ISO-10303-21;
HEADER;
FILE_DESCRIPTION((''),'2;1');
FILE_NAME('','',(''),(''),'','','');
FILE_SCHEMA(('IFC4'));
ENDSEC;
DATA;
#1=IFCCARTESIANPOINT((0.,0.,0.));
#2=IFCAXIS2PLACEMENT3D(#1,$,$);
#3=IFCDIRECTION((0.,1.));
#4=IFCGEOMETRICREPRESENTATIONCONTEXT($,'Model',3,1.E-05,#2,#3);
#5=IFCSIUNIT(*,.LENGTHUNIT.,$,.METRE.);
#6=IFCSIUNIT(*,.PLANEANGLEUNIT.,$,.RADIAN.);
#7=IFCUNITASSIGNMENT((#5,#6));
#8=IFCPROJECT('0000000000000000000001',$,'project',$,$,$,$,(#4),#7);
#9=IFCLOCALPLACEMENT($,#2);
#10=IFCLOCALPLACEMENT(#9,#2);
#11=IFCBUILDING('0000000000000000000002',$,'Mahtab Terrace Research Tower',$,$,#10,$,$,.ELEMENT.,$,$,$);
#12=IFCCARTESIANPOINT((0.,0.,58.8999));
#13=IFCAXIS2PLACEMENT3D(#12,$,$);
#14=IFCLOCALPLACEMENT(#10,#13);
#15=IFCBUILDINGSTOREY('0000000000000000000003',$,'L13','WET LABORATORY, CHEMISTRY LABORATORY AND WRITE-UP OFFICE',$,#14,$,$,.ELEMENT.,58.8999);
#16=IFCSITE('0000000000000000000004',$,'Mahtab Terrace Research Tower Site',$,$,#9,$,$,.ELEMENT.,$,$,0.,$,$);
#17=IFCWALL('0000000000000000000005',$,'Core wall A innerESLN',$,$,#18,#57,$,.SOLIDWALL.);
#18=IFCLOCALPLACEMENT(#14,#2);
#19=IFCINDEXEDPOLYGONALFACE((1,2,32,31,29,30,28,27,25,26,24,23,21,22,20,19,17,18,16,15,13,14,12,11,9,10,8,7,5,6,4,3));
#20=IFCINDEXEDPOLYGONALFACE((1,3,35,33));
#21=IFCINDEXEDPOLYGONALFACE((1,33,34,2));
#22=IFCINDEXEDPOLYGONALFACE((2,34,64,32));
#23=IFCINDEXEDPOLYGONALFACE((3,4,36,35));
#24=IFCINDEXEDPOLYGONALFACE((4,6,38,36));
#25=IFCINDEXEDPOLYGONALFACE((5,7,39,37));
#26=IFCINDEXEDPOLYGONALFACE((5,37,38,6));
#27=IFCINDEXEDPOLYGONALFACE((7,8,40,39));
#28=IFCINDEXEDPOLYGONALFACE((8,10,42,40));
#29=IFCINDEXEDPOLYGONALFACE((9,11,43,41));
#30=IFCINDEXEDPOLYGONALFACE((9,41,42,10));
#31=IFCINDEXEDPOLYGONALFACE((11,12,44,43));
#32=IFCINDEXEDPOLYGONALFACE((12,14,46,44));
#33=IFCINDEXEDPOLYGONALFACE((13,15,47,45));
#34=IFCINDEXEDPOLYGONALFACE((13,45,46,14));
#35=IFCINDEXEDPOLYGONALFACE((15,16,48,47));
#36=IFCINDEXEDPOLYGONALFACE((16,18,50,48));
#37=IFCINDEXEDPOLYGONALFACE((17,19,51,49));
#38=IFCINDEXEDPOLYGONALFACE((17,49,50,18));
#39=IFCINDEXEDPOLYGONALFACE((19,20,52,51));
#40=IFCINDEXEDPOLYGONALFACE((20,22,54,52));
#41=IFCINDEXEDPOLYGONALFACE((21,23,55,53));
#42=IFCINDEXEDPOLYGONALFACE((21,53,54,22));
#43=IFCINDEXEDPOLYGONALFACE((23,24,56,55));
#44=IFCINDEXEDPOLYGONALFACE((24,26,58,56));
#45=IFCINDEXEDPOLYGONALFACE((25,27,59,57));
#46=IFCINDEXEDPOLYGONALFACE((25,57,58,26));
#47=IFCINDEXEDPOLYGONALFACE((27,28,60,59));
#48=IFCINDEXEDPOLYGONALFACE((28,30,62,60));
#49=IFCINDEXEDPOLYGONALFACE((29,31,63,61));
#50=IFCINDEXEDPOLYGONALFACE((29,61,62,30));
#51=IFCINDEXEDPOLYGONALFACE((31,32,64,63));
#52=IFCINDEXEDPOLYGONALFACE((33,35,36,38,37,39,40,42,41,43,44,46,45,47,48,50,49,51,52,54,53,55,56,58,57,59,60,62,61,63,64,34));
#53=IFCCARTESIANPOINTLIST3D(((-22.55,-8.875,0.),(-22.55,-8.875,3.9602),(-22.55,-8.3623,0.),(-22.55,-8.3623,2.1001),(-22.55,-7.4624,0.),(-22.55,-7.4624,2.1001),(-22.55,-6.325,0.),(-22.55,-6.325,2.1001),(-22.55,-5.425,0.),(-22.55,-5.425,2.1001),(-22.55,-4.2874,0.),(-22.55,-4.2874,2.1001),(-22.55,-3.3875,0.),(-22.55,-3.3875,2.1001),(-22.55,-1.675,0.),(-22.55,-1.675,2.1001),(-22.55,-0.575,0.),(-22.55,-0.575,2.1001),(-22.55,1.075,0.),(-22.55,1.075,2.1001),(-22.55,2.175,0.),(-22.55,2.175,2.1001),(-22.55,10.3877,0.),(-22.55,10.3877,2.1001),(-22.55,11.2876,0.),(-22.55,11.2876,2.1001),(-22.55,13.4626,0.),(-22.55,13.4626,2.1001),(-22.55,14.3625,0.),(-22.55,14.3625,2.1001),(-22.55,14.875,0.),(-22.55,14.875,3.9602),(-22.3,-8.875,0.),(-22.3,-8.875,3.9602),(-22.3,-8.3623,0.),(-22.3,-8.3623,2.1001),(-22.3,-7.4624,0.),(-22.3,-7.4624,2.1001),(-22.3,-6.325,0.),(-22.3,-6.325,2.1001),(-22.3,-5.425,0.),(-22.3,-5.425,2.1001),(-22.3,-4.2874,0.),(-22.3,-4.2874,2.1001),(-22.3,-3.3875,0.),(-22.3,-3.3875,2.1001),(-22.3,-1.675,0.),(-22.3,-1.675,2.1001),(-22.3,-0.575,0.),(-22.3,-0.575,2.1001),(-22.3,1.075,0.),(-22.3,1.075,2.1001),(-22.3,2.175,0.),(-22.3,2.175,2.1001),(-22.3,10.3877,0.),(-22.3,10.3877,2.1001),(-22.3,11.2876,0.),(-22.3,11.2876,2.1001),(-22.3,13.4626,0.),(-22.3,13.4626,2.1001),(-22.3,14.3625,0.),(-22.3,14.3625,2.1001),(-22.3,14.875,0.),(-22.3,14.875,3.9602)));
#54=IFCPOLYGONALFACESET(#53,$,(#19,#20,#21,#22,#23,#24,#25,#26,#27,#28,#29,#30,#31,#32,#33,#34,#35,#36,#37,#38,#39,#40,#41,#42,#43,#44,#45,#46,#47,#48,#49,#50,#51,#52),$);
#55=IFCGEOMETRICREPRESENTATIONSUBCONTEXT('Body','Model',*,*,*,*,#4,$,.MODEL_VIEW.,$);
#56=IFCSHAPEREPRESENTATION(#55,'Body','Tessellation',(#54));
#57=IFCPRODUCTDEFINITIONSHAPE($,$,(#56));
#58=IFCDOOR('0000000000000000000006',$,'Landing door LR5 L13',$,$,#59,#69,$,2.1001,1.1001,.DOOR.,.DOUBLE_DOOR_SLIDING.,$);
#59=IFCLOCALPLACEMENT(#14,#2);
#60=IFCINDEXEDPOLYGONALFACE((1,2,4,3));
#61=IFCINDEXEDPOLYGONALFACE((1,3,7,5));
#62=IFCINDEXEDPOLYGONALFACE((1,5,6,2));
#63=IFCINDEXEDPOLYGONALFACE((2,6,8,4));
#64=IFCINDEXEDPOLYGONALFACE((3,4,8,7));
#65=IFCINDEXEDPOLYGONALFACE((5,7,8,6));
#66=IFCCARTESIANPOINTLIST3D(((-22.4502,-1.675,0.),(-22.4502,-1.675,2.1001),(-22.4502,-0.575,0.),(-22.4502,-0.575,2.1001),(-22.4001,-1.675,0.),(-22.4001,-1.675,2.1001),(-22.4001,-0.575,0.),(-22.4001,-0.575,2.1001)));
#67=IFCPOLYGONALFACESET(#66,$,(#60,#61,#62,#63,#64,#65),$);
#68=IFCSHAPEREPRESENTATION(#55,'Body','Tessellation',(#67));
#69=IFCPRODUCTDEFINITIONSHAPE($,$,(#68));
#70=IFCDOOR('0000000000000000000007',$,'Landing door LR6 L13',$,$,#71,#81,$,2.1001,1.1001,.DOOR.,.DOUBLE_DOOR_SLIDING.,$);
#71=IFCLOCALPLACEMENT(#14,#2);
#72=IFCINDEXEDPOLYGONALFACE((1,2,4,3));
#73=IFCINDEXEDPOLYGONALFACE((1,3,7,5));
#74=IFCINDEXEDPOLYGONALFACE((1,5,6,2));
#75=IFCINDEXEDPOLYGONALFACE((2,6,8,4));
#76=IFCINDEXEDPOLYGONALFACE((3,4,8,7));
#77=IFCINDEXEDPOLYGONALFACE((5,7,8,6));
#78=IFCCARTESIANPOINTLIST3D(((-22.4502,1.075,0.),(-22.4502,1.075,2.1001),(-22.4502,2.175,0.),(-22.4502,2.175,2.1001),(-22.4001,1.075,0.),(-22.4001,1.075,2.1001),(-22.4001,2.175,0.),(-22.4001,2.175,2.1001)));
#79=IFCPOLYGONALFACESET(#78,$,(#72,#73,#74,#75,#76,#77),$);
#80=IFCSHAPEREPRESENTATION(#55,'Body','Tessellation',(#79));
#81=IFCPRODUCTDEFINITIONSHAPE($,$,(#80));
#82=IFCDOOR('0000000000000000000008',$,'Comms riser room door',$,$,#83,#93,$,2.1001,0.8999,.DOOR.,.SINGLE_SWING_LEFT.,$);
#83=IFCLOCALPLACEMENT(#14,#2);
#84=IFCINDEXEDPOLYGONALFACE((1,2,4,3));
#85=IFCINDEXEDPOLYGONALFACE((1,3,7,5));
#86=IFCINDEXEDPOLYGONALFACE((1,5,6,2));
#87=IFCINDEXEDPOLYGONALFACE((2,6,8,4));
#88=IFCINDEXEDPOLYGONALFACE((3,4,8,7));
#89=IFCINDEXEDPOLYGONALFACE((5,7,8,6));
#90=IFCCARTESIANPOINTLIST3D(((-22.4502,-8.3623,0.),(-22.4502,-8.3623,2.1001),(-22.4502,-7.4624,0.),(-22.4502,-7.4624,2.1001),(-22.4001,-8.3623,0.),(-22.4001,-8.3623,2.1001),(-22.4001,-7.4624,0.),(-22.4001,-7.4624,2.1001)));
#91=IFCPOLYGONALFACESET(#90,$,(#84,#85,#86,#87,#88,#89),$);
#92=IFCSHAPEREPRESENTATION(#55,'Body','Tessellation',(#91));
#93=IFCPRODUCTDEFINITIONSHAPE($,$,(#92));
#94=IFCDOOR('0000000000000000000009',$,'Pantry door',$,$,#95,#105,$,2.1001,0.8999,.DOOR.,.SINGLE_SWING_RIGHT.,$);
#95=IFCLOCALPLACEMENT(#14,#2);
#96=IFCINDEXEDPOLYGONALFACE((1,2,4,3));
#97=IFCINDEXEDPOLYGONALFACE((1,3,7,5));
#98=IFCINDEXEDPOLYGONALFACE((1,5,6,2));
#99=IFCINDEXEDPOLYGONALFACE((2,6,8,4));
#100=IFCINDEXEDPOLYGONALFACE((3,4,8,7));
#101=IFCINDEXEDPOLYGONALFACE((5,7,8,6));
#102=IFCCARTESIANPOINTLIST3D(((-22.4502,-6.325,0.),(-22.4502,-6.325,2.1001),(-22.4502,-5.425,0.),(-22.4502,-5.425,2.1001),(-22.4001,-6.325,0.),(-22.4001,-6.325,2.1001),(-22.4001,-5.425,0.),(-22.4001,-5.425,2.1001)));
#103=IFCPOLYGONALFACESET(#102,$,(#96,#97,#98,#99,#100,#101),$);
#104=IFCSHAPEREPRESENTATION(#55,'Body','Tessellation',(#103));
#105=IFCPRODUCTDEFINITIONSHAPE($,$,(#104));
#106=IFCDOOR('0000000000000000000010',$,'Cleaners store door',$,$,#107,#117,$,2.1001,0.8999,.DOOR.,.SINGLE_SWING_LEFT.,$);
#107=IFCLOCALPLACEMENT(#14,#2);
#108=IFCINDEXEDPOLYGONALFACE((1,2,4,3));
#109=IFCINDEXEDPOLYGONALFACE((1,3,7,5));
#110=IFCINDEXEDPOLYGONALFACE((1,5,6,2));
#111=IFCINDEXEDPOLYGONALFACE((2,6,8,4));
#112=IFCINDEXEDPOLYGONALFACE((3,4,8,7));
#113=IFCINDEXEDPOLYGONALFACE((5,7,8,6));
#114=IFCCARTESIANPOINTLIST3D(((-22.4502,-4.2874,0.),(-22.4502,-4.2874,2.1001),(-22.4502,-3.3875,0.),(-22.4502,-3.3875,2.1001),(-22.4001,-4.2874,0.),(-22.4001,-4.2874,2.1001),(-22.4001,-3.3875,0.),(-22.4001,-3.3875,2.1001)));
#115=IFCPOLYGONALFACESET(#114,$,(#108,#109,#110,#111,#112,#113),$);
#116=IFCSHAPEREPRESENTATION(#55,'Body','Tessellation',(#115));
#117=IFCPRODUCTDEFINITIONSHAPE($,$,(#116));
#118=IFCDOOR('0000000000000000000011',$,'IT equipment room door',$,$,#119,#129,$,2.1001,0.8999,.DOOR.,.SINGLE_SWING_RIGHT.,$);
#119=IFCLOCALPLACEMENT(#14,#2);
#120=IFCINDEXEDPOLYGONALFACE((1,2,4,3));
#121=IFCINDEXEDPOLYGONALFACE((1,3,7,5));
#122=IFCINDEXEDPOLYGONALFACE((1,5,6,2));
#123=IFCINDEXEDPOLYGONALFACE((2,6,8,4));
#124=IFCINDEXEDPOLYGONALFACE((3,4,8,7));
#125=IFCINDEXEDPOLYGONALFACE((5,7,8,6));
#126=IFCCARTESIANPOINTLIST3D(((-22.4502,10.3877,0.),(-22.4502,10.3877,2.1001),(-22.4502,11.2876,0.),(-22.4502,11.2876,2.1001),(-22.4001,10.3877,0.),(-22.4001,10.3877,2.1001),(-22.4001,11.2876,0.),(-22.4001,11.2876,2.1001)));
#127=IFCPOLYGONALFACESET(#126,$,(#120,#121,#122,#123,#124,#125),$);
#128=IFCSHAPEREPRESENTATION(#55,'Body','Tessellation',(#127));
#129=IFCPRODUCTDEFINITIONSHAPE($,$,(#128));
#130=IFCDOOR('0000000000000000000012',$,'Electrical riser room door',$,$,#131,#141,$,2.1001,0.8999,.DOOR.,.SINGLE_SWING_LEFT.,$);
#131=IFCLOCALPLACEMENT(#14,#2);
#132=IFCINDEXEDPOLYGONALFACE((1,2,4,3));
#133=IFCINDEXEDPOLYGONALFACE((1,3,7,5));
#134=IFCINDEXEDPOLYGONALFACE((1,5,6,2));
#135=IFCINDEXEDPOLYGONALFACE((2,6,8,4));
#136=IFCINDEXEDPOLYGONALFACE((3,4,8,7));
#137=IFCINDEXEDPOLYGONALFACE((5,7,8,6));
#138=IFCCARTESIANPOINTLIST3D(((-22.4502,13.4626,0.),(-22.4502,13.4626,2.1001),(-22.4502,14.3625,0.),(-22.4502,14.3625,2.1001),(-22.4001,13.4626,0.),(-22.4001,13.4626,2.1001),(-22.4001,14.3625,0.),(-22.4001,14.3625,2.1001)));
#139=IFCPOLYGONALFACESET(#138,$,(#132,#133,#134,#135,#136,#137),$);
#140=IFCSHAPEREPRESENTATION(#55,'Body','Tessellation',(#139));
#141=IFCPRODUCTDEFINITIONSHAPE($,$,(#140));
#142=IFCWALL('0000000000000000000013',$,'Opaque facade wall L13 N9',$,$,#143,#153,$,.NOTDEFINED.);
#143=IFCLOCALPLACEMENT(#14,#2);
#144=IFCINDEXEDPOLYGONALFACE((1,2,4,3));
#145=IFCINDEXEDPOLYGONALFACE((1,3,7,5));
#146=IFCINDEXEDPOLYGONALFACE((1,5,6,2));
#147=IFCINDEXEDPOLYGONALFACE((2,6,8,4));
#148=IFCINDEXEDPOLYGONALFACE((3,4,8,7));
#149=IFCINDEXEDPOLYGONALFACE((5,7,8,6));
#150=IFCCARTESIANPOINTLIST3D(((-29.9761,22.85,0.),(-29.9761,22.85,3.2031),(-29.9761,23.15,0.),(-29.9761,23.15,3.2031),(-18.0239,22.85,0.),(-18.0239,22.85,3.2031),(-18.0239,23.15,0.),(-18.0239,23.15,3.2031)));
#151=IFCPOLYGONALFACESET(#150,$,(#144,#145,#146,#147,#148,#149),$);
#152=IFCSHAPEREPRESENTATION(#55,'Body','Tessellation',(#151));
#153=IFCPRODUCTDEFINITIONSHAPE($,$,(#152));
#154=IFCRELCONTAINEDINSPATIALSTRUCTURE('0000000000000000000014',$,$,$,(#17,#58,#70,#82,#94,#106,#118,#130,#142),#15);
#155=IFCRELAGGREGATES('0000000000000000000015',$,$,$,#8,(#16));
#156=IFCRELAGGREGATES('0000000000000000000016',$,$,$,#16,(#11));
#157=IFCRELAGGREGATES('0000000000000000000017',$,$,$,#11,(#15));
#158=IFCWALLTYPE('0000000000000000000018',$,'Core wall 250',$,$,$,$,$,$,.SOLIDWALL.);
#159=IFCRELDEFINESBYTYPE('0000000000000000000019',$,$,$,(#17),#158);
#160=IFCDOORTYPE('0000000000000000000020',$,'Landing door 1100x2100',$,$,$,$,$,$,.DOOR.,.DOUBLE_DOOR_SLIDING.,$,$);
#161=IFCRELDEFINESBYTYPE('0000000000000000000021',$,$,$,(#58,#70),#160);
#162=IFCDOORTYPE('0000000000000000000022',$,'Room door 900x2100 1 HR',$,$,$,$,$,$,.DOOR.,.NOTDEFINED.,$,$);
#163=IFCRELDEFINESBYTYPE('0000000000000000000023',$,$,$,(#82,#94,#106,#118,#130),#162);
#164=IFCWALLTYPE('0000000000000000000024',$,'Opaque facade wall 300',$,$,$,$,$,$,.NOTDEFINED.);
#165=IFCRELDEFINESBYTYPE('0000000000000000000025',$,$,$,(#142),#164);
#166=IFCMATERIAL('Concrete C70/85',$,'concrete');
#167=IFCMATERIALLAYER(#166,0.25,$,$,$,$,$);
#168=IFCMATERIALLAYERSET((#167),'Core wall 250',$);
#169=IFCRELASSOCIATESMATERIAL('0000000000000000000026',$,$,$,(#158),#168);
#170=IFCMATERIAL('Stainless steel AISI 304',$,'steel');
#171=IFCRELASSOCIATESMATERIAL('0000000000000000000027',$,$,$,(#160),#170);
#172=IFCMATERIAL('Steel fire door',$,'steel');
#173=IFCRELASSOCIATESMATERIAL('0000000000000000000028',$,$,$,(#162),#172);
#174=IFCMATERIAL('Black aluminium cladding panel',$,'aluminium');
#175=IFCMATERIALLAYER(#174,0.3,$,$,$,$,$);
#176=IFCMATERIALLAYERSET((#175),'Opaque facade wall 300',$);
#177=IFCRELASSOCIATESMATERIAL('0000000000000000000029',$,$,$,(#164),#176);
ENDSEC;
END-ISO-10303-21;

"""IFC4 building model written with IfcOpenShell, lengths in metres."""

from ifc_helpers import new_model, si_unit, direction, frame, frame_2d, origin, place, context, subcontext, project, spatial, rectangle, extrude, material, layer, layer_set, type_object, element, fill, save


model = new_model("IFC4")

# Units and contexts
model_context = context("Model", 3, precision=1e-05, world=origin(), true_north=direction((0.0, 1.0)))
body_context = subcontext(model_context, "Body", "Model", "MODEL_VIEW")
ifc_project = project(units=[si_unit("LENGTHUNIT", "METRE"), si_unit("PLANEANGLEUNIT", "RADIAN")], contexts=[model_context])

# Site, building, storey
site_placement = place(None, origin())
site = spatial("IfcSite", under=ifc_project, at=site_placement, Name="Mahtab Terrace Research Tower Site", CompositionType="ELEMENT", RefElevation=0.0)
building_placement = place(site_placement, origin())
building = spatial("IfcBuilding", under=site, at=building_placement, Name="Mahtab Terrace Research Tower", CompositionType="ELEMENT")
storey_placement = place(building_placement, frame((0.0, 0.0, 58.8999)))
storey = spatial("IfcBuildingStorey", under=building, at=storey_placement, Name="L13", Description="WET LABORATORY, CHEMISTRY LABORATORY AND WRITE-UP OFFICE", CompositionType="ELEMENT", Elevation=58.8999)

# Shared definitions
ifc_material_1 = material(Name="Concrete C70/85", Category="concrete")
ifc_layer_1 = layer(ifc_material_1, 0.25)
ifc_layer_set_1 = layer_set([ifc_layer_1], Name="Core wall 250")
wall_type_1 = type_object("IfcWallType", Name="Core wall 250", PredefinedType="SOLIDWALL", material=ifc_layer_set_1)

# Shared definitions
ifc_material_2 = material(Name="Steel fire door", Category="steel")

# Wall, openings, doors
wall_1_placement = place(storey_placement, frame((-22.425, 14.875, 0.0), z_axis=(0.0, 0.0, 1.0), x_axis=(0.0, -1.0, 0.0)))
wall_1 = element("IfcWall", 1, at=wall_1_placement, inside=storey, type_object=wall_type_1, Name="Core wall A innerESLN", PredefinedType="SOLIDWALL", context=body_context, shape_type="SweptSolid", body=[
    extrude(rectangle(XDim=23.75, YDim=0.25, at=frame_2d((11.875, 0.0))), origin(), (0.0, 0.0, 1.0), 3.9602),
])
opening_1_placement = place(wall_1_placement, frame((15.45, 0.0, 0.0)))
opening_1 = element("IfcOpeningElement", 2, at=opening_1_placement, cuts=wall_1, PredefinedType="OPENING", context=body_context, shape_type="SweptSolid", body=[
    extrude(rectangle(XDim=1.1001, YDim=2.1001, at=frame_2d((0.55, 1.05))), frame((0.0, 0.135, 0.0), z_axis=(0.0, -1.0, 0.0), x_axis=(1.0, 0.0, 0.0)), (0.0, 0.0, 1.0), 0.27),
])
opening_2_placement = place(wall_1_placement, frame((12.7, 0.0, 0.0)))
opening_2 = element("IfcOpeningElement", 3, at=opening_2_placement, cuts=wall_1, PredefinedType="OPENING", context=body_context, shape_type="SweptSolid", body=[
    extrude(rectangle(XDim=1.1001, YDim=2.1001, at=frame_2d((0.55, 1.05))), frame((0.0, 0.135, 0.0), z_axis=(0.0, -1.0, 0.0), x_axis=(1.0, 0.0, 0.0)), (0.0, 0.0, 1.0), 0.27),
])
opening_3_placement = place(wall_1_placement, frame((22.3374, 0.0, 0.0)))
opening_3 = element("IfcOpeningElement", 4, at=opening_3_placement, cuts=wall_1, PredefinedType="OPENING", context=body_context, shape_type="SweptSolid", body=[
    extrude(rectangle(XDim=0.8999, YDim=2.1001, at=frame_2d((0.45, 1.05))), frame((0.0, 0.135, 0.0), z_axis=(0.0, -1.0, 0.0), x_axis=(1.0, 0.0, 0.0)), (0.0, 0.0, 1.0), 0.27),
])
opening_4_placement = place(wall_1_placement, frame((20.3, 0.0, 0.0)))
opening_4 = element("IfcOpeningElement", 5, at=opening_4_placement, cuts=wall_1, PredefinedType="OPENING", context=body_context, shape_type="SweptSolid", body=[
    extrude(rectangle(XDim=0.8999, YDim=2.1001, at=frame_2d((0.45, 1.05))), frame((0.0, 0.135, 0.0), z_axis=(0.0, -1.0, 0.0), x_axis=(1.0, 0.0, 0.0)), (0.0, 0.0, 1.0), 0.27),
])
opening_5_placement = place(wall_1_placement, frame((18.2625, 0.0, 0.0)))
opening_5 = element("IfcOpeningElement", 6, at=opening_5_placement, cuts=wall_1, PredefinedType="OPENING", context=body_context, shape_type="SweptSolid", body=[
    extrude(rectangle(XDim=0.8999, YDim=2.1001, at=frame_2d((0.45, 1.05))), frame((0.0, 0.135, 0.0), z_axis=(0.0, -1.0, 0.0), x_axis=(1.0, 0.0, 0.0)), (0.0, 0.0, 1.0), 0.27),
])
opening_6_placement = place(wall_1_placement, frame((3.5874, 0.0, 0.0)))
opening_6 = element("IfcOpeningElement", 7, at=opening_6_placement, cuts=wall_1, PredefinedType="OPENING", context=body_context, shape_type="SweptSolid", body=[
    extrude(rectangle(XDim=0.8999, YDim=2.1001, at=frame_2d((0.45, 1.05))), frame((0.0, 0.135, 0.0), z_axis=(0.0, -1.0, 0.0), x_axis=(1.0, 0.0, 0.0)), (0.0, 0.0, 1.0), 0.27),
])
opening_7_placement = place(wall_1_placement, frame((0.5125, 0.0, 0.0)))
opening_7 = element("IfcOpeningElement", 8, at=opening_7_placement, cuts=wall_1, PredefinedType="OPENING", context=body_context, shape_type="SweptSolid", body=[
    extrude(rectangle(XDim=0.8999, YDim=2.1001, at=frame_2d((0.45, 1.05))), frame((0.0, 0.135, 0.0), z_axis=(0.0, -1.0, 0.0), x_axis=(1.0, 0.0, 0.0)), (0.0, 0.0, 1.0), 0.27),
])
ifc_material_3 = material(Name="Stainless steel AISI 304", Category="steel")
door_type_1 = type_object("IfcDoorType", Name="Landing door 1100x2100", OperationType="DOUBLE_DOOR_SLIDING", PredefinedType="DOOR", material=ifc_material_3)
door_1_placement = place(opening_1_placement, origin())
door_1 = element("IfcDoor", 9, at=door_1_placement, inside=storey, type_object=door_type_1, Name="Landing door LR5 L13", OperationType="DOUBLE_DOOR_SLIDING", OverallHeight=2.1001, OverallWidth=1.1001, PredefinedType="DOOR", context=body_context, shape_type="SweptSolid", body=[
    extrude(rectangle(XDim=1.1001, YDim=2.1001, at=frame_2d((0.55, 1.05))), frame((0.0, 0.0249, 0.0), z_axis=(0.0, -1.0, 0.0), x_axis=(1.0, 0.0, 0.0)), (0.0, 0.0, 1.0), 0.05),
])
fill(opening_1, door_1)
door_2_placement = place(opening_2_placement, origin())
door_2 = element("IfcDoor", 10, at=door_2_placement, inside=storey, type_object=door_type_1, Name="Landing door LR6 L13", OperationType="DOUBLE_DOOR_SLIDING", OverallHeight=2.1001, OverallWidth=1.1001, PredefinedType="DOOR", context=body_context, shape_type="SweptSolid", body=[
    extrude(rectangle(XDim=1.1001, YDim=2.1001, at=frame_2d((0.55, 1.05))), frame((0.0, 0.0249, 0.0), z_axis=(0.0, -1.0, 0.0), x_axis=(1.0, 0.0, 0.0)), (0.0, 0.0, 1.0), 0.05),
])
fill(opening_2, door_2)
door_type_2 = type_object("IfcDoorType", Name="Room door 900x2100 1 HR", OperationType="NOTDEFINED", PredefinedType="DOOR", material=ifc_material_2)
door_3_placement = place(opening_3_placement, origin())
door_3 = element("IfcDoor", 11, at=door_3_placement, inside=storey, type_object=door_type_2, Name="Comms riser room door", OperationType="SINGLE_SWING_LEFT", OverallHeight=2.1001, OverallWidth=0.8999, PredefinedType="DOOR", context=body_context, shape_type="SweptSolid", body=[
    extrude(rectangle(XDim=0.8999, YDim=2.1001, at=frame_2d((0.45, 1.05))), frame((0.0, 0.0249, 0.0), z_axis=(0.0, -1.0, 0.0), x_axis=(1.0, 0.0, 0.0)), (0.0, 0.0, 1.0), 0.05),
])
fill(opening_3, door_3)
door_4_placement = place(opening_4_placement, origin())
door_4 = element("IfcDoor", 12, at=door_4_placement, inside=storey, type_object=door_type_2, Name="Pantry door", OperationType="SINGLE_SWING_RIGHT", OverallHeight=2.1001, OverallWidth=0.8999, PredefinedType="DOOR", context=body_context, shape_type="SweptSolid", body=[
    extrude(rectangle(XDim=0.8999, YDim=2.1001, at=frame_2d((0.45, 1.05))), frame((0.0, 0.0249, 0.0), z_axis=(0.0, -1.0, 0.0), x_axis=(1.0, 0.0, 0.0)), (0.0, 0.0, 1.0), 0.05),
])
fill(opening_4, door_4)
door_5_placement = place(opening_5_placement, origin())
door_5 = element("IfcDoor", 13, at=door_5_placement, inside=storey, type_object=door_type_2, Name="Cleaners store door", OperationType="SINGLE_SWING_LEFT", OverallHeight=2.1001, OverallWidth=0.8999, PredefinedType="DOOR", context=body_context, shape_type="SweptSolid", body=[
    extrude(rectangle(XDim=0.8999, YDim=2.1001, at=frame_2d((0.45, 1.05))), frame((0.0, 0.0249, 0.0), z_axis=(0.0, -1.0, 0.0), x_axis=(1.0, 0.0, 0.0)), (0.0, 0.0, 1.0), 0.05),
])
fill(opening_5, door_5)
door_6_placement = place(opening_6_placement, origin())
door_6 = element("IfcDoor", 14, at=door_6_placement, inside=storey, type_object=door_type_2, Name="IT equipment room door", OperationType="SINGLE_SWING_RIGHT", OverallHeight=2.1001, OverallWidth=0.8999, PredefinedType="DOOR", context=body_context, shape_type="SweptSolid", body=[
    extrude(rectangle(XDim=0.8999, YDim=2.1001, at=frame_2d((0.45, 1.05))), frame((0.0, 0.0249, 0.0), z_axis=(0.0, -1.0, 0.0), x_axis=(1.0, 0.0, 0.0)), (0.0, 0.0, 1.0), 0.05),
])
fill(opening_6, door_6)
door_7_placement = place(opening_7_placement, origin())
door_7 = element("IfcDoor", 15, at=door_7_placement, inside=storey, type_object=door_type_2, Name="Electrical riser room door", OperationType="SINGLE_SWING_LEFT", OverallHeight=2.1001, OverallWidth=0.8999, PredefinedType="DOOR", context=body_context, shape_type="SweptSolid", body=[
    extrude(rectangle(XDim=0.8999, YDim=2.1001, at=frame_2d((0.45, 1.05))), frame((0.0, 0.0249, 0.0), z_axis=(0.0, -1.0, 0.0), x_axis=(1.0, 0.0, 0.0)), (0.0, 0.0, 1.0), 0.05),
])
fill(opening_7, door_7)

# Wall
ifc_material_4 = material(Name="Black aluminium cladding panel", Category="aluminium")
ifc_layer_2 = layer(ifc_material_4, 0.3)
ifc_layer_set_2 = layer_set([ifc_layer_2], Name="Opaque facade wall 300")
wall_type_2 = type_object("IfcWallType", Name="Opaque facade wall 300", PredefinedType="NOTDEFINED", material=ifc_layer_set_2)
wall_2_placement = place(storey_placement, frame((-18.0239, 23.0, 0.0), z_axis=(0.0, 0.0, 1.0), x_axis=(-1.0, 0.0, 0.0)))
element("IfcWall", 16, at=wall_2_placement, inside=storey, type_object=wall_type_2, Name="Opaque facade wall L13 N9", PredefinedType="NOTDEFINED", context=body_context, shape_type="SweptSolid", body=[
    extrude(rectangle(XDim=11.9521, YDim=0.3, at=frame_2d((5.9761, 0.0))), origin(), (0.0, 0.0, 1.0), 3.2031),
])

save(model, "model.ifc")
